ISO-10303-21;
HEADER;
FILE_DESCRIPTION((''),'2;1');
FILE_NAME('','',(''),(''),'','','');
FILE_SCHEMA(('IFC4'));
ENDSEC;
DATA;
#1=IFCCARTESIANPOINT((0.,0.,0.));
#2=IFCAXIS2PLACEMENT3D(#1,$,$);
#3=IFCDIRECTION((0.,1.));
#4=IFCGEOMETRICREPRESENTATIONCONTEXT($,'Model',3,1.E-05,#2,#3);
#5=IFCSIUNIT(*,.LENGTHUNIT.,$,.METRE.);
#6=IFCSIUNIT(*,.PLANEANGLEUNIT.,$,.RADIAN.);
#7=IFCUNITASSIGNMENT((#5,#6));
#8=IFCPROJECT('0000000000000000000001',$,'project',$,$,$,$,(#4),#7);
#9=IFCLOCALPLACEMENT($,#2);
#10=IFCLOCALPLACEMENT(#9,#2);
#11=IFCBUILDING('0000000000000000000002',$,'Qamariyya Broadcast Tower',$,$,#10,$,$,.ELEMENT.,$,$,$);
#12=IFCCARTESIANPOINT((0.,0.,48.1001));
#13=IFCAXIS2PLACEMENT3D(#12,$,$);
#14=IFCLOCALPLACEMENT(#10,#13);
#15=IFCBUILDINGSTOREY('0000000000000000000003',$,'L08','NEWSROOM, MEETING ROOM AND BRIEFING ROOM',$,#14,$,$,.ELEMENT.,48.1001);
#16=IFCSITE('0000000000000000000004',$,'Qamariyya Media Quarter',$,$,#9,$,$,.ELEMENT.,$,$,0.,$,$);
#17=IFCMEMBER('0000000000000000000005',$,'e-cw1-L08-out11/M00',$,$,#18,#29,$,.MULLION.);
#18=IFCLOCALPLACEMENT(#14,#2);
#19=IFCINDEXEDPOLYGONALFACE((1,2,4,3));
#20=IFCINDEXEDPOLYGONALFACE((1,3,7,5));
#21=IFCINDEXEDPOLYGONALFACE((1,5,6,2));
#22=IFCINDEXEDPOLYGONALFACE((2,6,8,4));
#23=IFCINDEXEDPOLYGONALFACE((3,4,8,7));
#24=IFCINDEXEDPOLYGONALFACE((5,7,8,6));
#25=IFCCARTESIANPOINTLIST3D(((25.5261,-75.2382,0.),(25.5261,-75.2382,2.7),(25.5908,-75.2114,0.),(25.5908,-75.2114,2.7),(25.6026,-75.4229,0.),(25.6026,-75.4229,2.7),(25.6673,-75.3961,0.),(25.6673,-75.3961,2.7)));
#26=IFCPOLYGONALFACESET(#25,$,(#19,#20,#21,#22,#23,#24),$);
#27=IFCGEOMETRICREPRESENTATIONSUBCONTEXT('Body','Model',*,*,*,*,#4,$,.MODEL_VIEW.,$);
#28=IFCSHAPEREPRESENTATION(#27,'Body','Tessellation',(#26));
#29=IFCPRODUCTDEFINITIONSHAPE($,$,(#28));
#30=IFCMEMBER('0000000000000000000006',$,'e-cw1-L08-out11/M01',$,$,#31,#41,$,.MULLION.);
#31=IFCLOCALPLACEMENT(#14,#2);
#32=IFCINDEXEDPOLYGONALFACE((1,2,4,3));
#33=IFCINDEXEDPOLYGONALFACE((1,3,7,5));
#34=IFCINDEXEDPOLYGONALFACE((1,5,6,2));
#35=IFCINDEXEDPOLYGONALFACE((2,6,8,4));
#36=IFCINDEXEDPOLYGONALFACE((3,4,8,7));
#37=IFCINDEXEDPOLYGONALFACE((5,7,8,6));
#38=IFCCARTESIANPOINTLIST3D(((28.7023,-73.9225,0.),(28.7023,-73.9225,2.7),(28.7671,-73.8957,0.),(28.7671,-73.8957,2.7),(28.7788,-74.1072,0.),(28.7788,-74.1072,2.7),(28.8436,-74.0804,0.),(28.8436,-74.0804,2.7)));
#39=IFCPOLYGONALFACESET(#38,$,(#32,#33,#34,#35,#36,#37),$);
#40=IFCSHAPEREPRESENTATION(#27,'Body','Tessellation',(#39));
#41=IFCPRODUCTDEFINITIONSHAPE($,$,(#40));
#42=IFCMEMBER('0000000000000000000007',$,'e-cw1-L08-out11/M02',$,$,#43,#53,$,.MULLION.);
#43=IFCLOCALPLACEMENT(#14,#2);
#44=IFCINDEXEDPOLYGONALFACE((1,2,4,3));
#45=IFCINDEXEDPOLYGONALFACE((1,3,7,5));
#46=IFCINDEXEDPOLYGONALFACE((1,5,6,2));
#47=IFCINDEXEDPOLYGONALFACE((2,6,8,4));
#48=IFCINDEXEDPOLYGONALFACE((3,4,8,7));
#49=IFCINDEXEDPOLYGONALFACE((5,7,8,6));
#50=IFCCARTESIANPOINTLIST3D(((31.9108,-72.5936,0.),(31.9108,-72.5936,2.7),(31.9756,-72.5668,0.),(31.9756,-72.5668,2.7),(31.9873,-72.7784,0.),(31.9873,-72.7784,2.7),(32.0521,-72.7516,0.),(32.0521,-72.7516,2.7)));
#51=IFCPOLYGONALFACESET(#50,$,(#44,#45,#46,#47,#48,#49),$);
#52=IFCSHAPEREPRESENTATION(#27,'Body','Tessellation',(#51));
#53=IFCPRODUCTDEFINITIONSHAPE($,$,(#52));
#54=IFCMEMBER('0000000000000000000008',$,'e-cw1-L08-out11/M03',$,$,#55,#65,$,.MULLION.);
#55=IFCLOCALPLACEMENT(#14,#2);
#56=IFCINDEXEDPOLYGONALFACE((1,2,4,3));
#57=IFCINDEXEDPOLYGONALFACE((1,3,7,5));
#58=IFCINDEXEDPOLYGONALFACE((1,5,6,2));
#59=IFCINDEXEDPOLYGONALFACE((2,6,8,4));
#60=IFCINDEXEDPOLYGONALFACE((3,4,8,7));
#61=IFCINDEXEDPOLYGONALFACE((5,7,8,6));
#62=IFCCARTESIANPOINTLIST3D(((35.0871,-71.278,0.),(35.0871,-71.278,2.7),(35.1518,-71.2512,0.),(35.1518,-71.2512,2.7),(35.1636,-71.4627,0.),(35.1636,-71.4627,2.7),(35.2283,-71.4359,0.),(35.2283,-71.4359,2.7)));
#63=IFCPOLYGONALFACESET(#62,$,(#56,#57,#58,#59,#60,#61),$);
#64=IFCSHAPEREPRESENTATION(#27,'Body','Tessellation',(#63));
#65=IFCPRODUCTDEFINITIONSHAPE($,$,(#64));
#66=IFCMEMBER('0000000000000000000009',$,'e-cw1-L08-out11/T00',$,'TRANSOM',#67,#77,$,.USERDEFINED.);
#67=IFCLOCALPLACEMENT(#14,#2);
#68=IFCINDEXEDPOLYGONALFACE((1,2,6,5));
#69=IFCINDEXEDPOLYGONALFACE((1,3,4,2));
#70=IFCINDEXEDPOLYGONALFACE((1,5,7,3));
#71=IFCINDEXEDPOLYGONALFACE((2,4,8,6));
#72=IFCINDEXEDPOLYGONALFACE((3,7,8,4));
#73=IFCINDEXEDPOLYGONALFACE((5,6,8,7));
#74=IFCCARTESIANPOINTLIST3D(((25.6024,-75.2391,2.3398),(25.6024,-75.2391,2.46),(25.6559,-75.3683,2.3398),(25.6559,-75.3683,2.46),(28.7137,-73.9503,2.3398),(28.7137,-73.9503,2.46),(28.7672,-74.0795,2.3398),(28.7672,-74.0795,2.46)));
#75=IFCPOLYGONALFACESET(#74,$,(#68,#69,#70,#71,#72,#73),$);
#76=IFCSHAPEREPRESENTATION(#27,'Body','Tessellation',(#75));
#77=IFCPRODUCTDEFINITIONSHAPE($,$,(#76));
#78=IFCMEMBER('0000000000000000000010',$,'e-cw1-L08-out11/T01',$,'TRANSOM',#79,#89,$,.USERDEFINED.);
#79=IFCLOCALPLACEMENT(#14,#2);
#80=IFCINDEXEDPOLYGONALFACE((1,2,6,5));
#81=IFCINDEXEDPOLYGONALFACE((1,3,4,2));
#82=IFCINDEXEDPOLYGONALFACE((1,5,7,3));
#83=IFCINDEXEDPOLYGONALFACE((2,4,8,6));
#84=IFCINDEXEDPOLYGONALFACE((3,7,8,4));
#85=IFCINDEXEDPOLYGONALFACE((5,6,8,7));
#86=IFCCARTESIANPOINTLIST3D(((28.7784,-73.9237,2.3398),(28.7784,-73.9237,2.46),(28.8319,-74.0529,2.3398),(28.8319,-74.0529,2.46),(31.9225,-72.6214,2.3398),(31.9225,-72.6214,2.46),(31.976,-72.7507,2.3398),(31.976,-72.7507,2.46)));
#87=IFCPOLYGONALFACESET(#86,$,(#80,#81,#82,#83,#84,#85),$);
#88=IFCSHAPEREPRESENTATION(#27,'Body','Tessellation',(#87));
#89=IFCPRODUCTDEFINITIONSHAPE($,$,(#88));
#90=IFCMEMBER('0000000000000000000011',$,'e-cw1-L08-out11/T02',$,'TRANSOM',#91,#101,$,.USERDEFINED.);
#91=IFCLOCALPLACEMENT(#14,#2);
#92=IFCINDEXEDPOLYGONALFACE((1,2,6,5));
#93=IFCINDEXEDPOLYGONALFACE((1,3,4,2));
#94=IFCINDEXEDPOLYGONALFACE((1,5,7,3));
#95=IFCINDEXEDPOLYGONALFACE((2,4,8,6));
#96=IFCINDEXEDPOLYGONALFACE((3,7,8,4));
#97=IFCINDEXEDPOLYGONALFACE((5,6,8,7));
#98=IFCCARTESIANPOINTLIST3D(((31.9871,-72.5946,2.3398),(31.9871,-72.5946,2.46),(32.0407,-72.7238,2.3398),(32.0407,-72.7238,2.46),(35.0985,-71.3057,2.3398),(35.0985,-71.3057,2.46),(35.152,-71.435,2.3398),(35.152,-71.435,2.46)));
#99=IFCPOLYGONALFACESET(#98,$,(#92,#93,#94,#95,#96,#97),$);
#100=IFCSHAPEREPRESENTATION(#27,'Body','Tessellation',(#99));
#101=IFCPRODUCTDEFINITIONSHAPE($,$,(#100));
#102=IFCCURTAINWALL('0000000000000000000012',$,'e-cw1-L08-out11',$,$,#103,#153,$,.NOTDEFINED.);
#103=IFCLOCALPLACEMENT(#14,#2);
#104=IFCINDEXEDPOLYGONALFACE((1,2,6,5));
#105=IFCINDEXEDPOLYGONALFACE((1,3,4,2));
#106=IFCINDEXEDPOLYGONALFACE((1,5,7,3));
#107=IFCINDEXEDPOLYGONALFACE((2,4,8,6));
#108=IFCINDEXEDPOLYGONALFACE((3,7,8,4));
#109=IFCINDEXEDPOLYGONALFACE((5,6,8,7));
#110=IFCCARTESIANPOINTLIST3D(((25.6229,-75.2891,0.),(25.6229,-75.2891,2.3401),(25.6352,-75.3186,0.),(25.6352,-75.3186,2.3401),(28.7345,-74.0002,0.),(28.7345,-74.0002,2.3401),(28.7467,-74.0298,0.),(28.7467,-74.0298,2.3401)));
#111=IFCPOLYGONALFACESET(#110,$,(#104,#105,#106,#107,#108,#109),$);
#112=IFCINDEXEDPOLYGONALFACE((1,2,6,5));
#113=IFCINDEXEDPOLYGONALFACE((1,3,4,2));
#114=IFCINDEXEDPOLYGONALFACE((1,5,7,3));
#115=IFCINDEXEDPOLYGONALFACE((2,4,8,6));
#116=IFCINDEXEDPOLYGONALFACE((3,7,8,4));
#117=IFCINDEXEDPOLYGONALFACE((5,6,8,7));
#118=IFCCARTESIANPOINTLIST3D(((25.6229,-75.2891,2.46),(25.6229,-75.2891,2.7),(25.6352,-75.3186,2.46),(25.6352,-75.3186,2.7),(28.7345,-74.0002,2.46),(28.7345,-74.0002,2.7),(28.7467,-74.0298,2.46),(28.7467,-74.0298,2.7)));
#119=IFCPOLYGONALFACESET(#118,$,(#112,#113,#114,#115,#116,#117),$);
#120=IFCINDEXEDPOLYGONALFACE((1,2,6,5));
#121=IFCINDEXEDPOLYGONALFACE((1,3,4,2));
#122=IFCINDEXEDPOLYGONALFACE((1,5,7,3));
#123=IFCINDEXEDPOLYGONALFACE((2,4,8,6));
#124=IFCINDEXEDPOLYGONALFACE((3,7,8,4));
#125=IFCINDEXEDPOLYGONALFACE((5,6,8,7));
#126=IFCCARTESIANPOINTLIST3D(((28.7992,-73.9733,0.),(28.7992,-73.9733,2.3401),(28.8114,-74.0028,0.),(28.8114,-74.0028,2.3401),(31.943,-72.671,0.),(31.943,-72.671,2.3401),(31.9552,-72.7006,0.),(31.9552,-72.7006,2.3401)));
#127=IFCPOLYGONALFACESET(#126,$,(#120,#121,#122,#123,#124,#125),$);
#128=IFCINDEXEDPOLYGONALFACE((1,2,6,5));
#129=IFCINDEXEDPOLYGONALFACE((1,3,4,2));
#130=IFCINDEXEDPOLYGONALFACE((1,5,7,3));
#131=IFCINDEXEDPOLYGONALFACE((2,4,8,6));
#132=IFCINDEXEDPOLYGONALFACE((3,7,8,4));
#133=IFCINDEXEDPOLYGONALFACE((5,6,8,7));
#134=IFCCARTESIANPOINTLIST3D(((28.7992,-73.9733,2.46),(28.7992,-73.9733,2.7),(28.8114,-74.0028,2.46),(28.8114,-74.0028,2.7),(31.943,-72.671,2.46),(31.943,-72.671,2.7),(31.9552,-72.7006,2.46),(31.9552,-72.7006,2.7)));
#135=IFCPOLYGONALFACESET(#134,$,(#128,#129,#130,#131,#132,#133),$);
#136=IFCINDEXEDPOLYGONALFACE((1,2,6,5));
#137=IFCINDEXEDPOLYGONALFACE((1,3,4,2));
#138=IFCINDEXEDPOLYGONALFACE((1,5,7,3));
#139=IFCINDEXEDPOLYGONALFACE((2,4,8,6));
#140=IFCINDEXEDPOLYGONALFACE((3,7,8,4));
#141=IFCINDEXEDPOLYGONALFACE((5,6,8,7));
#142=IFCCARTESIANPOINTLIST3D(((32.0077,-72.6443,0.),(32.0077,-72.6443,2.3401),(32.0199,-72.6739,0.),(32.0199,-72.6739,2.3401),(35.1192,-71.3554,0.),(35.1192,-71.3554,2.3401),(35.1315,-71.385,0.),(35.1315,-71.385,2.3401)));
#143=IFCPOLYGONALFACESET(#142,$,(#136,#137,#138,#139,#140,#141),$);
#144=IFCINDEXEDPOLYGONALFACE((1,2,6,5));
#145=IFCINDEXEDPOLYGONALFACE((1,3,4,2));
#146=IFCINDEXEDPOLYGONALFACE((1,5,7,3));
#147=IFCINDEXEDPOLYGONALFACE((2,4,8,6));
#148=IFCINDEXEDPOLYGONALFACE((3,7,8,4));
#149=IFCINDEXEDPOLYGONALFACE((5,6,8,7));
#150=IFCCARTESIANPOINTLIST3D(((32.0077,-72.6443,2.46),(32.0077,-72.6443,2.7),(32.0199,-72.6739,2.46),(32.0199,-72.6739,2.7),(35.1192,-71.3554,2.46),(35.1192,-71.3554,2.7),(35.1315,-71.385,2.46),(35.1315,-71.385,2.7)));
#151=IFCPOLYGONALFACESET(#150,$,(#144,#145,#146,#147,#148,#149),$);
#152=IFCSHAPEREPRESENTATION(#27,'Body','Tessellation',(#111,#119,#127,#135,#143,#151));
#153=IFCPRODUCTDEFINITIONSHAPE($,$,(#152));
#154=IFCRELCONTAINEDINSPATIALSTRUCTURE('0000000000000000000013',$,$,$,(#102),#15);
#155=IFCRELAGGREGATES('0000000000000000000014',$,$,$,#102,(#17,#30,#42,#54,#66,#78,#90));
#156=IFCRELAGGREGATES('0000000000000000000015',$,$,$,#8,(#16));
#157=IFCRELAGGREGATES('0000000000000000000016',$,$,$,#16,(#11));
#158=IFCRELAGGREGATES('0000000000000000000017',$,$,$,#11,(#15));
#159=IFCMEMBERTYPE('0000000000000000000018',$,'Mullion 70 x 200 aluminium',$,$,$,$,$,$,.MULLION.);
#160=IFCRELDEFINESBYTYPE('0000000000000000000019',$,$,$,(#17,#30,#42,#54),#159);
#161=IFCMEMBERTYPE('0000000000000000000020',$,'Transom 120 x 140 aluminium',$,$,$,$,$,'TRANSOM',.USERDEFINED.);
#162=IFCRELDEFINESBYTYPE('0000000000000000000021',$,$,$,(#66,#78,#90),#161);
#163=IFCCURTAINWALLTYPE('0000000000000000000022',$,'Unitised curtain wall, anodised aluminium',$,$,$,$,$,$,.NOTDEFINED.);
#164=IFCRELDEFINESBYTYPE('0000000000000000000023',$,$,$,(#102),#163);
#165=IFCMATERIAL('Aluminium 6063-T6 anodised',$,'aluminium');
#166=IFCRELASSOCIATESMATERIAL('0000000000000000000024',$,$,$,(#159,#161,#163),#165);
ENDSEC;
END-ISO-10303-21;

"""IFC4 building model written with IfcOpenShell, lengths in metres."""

from ifc_helpers import new_model, si_unit, direction, frame, origin, origin_2d, place, context, subcontext, project, spatial, rectangle, extrude, material, material_profile, profile_set, type_object, element, aggregate, save


model = new_model("IFC4")

# Units and contexts
model_context = context("Model", 3, precision=1e-05, world=origin(), true_north=direction((0.0, 1.0)))
body_context = subcontext(model_context, "Body", "Model", "MODEL_VIEW")
ifc_project = project(units=[si_unit("LENGTHUNIT", "METRE"), si_unit("PLANEANGLEUNIT", "RADIAN")], contexts=[model_context])

# Members
ifc_material = material(Name="Aluminium 6063-T6 anodised", Category="aluminium")
ifc_material_profile_1 = material_profile(ifc_material, rectangle(XDim=0.2, YDim=0.0701, at=origin_2d()))
ifc_profile_set_1 = profile_set([ifc_material_profile_1], Name="Aluminium 6063-T6 anodised")
member_type_1 = type_object("IfcMemberType", Name="Mullion 70 x 200 aluminium", PredefinedType="MULLION", material=ifc_profile_set_1)
site_placement = place(None, origin())
building_placement = place(site_placement, origin())
storey_placement = place(building_placement, frame((0.0, 0.0, 48.1001)))
member_1_placement = place(storey_placement, frame((25.5967, -75.3171, 0.0), z_axis=(0.0, 0.0, 1.0), x_axis=(-0.382683, 0.92388, 0.0)))
member_1 = element("IfcMember", 1, at=member_1_placement, type_object=member_type_1, Name="e-cw1-L08-out11/M00", PredefinedType="MULLION", context=body_context, shape_type="SweptSolid", body=[
    extrude(rectangle(XDim=0.2, YDim=0.0701, at=origin_2d()), origin(), (0.0, 0.0, 1.0), 2.7),
])
member_2_placement = place(storey_placement, frame((28.7729, -74.0015, 0.0), z_axis=(0.0, 0.0, 1.0), x_axis=(-0.382683, 0.92388, 0.0)))
member_2 = element("IfcMember", 2, at=member_2_placement, type_object=member_type_1, Name="e-cw1-L08-out11/M01", PredefinedType="MULLION", context=body_context, shape_type="SweptSolid", body=[
    extrude(rectangle(XDim=0.2, YDim=0.0701, at=origin_2d()), origin(), (0.0, 0.0, 1.0), 2.7),
])
member_3_placement = place(storey_placement, frame((31.9814, -72.6726, 0.0), z_axis=(0.0, 0.0, 1.0), x_axis=(-0.382683, 0.92388, 0.0)))
member_3 = element("IfcMember", 3, at=member_3_placement, type_object=member_type_1, Name="e-cw1-L08-out11/M02", PredefinedType="MULLION", context=body_context, shape_type="SweptSolid", body=[
    extrude(rectangle(XDim=0.2, YDim=0.0701, at=origin_2d()), origin(), (0.0, 0.0, 1.0), 2.7),
])
member_4_placement = place(storey_placement, frame((35.1577, -71.3569, 0.0), z_axis=(0.0, 0.0, 1.0), x_axis=(-0.382683, 0.92388, 0.0)))
member_4 = element("IfcMember", 4, at=member_4_placement, type_object=member_type_1, Name="e-cw1-L08-out11/M03", PredefinedType="MULLION", context=body_context, shape_type="SweptSolid", body=[
    extrude(rectangle(XDim=0.2, YDim=0.0701, at=origin_2d()), origin(), (0.0, 0.0, 1.0), 2.7),
])
ifc_material_profile_2 = material_profile(ifc_material, rectangle(XDim=0.1399, YDim=0.1201, at=origin_2d()))
ifc_profile_set_2 = profile_set([ifc_material_profile_2], Name="Aluminium 6063-T6 anodised")
member_type_2 = type_object("IfcMemberType", Name="Transom 120 x 140 aluminium", ElementType="TRANSOM", PredefinedType="USERDEFINED", material=ifc_profile_set_2)
member_5_placement = place(storey_placement, frame((25.6292, -75.3037, 2.3999), z_axis=(0.923873, 0.3827, 0.0), x_axis=(-0.3827, 0.923873, 0.0)))
member_5 = element("IfcMember", 5, at=member_5_placement, type_object=member_type_2, Name="e-cw1-L08-out11/T00", ObjectType="TRANSOM", PredefinedType="USERDEFINED", context=body_context, shape_type="SweptSolid", body=[
    extrude(rectangle(XDim=0.1399, YDim=0.1201, at=origin_2d()), origin(), (0.0, 0.0, 1.0), 3.3677),
])
member_6_placement = place(storey_placement, frame((28.8052, -73.9883, 2.3999), z_axis=(0.923886, 0.382669, 0.0), x_axis=(-0.382669, 0.923886, 0.0)))
member_6 = element("IfcMember", 6, at=member_6_placement, type_object=member_type_2, Name="e-cw1-L08-out11/T01", ObjectType="TRANSOM", PredefinedType="USERDEFINED", context=body_context, shape_type="SweptSolid", body=[
    extrude(rectangle(XDim=0.1399, YDim=0.1201, at=origin_2d()), origin(), (0.0, 0.0, 1.0), 3.4031),
])
member_7_placement = place(storey_placement, frame((32.0139, -72.6592, 2.3999), z_axis=(0.923873, 0.3827, 0.0), x_axis=(-0.3827, 0.923873, 0.0)))
member_7 = element("IfcMember", 7, at=member_7_placement, type_object=member_type_2, Name="e-cw1-L08-out11/T02", ObjectType="TRANSOM", PredefinedType="USERDEFINED", context=body_context, shape_type="SweptSolid", body=[
    extrude(rectangle(XDim=0.1399, YDim=0.1201, at=origin_2d()), origin(), (0.0, 0.0, 1.0), 3.3677),
])

# Site, building, storey
site = spatial("IfcSite", under=ifc_project, at=site_placement, Name="Qamariyya Media Quarter", CompositionType="ELEMENT", RefElevation=0.0)
building = spatial("IfcBuilding", under=site, at=building_placement, Name="Qamariyya Broadcast Tower", CompositionType="ELEMENT")
storey = spatial("IfcBuildingStorey", under=building, at=storey_placement, Name="L08", Description="NEWSROOM, MEETING ROOM AND BRIEFING ROOM", CompositionType="ELEMENT", Elevation=48.1001)

# Curtain wall
curtain_wall_type = type_object("IfcCurtainWallType", Name="Unitised curtain wall, anodised aluminium", PredefinedType="NOTDEFINED", material=ifc_material)
curtain_wall_1_placement = place(storey_placement, origin())
curtain_wall_1 = element("IfcCurtainWall", 8, at=curtain_wall_1_placement, inside=storey, type_object=curtain_wall_type, Name="e-cw1-L08-out11", PredefinedType="NOTDEFINED", context=body_context, shape_type="SweptSolid", body=[
    extrude(rectangle(XDim=3.3679, YDim=0.032, at=origin_2d()), frame((27.1848, -74.6594, 0.0), x_axis=(0.923878, 0.382688, 0.0)), (0.0, 0.0, 1.0), 2.3401),
    extrude(rectangle(XDim=3.3679, YDim=0.032, at=origin_2d()), frame((27.1848, -74.6594, 2.46), x_axis=(0.923878, 0.382688, 0.0)), (0.0, 0.0, 1.0), 0.24),
    extrude(rectangle(XDim=3.4028, YDim=0.032, at=origin_2d()), frame((30.3772, -73.3369, 0.0), x_axis=(0.923878, 0.382688, 0.0)), (0.0, 0.0, 1.0), 2.3401),
    extrude(rectangle(XDim=3.4028, YDim=0.032, at=origin_2d()), frame((30.3772, -73.3369, 2.46), x_axis=(0.923878, 0.382688, 0.0)), (0.0, 0.0, 1.0), 0.24),
    extrude(rectangle(XDim=3.3679, YDim=0.032, at=origin_2d()), frame((33.5696, -72.0146, 0.0), x_axis=(0.923878, 0.382688, 0.0)), (0.0, 0.0, 1.0), 2.3401),
    extrude(rectangle(XDim=3.3679, YDim=0.032, at=origin_2d()), frame((33.5696, -72.0146, 2.46), x_axis=(0.923878, 0.382688, 0.0)), (0.0, 0.0, 1.0), 0.24),
])
aggregate(curtain_wall_1, [member_1, member_2, member_3, member_4, member_5, member_6, member_7])

save(model, "model.ifc")
